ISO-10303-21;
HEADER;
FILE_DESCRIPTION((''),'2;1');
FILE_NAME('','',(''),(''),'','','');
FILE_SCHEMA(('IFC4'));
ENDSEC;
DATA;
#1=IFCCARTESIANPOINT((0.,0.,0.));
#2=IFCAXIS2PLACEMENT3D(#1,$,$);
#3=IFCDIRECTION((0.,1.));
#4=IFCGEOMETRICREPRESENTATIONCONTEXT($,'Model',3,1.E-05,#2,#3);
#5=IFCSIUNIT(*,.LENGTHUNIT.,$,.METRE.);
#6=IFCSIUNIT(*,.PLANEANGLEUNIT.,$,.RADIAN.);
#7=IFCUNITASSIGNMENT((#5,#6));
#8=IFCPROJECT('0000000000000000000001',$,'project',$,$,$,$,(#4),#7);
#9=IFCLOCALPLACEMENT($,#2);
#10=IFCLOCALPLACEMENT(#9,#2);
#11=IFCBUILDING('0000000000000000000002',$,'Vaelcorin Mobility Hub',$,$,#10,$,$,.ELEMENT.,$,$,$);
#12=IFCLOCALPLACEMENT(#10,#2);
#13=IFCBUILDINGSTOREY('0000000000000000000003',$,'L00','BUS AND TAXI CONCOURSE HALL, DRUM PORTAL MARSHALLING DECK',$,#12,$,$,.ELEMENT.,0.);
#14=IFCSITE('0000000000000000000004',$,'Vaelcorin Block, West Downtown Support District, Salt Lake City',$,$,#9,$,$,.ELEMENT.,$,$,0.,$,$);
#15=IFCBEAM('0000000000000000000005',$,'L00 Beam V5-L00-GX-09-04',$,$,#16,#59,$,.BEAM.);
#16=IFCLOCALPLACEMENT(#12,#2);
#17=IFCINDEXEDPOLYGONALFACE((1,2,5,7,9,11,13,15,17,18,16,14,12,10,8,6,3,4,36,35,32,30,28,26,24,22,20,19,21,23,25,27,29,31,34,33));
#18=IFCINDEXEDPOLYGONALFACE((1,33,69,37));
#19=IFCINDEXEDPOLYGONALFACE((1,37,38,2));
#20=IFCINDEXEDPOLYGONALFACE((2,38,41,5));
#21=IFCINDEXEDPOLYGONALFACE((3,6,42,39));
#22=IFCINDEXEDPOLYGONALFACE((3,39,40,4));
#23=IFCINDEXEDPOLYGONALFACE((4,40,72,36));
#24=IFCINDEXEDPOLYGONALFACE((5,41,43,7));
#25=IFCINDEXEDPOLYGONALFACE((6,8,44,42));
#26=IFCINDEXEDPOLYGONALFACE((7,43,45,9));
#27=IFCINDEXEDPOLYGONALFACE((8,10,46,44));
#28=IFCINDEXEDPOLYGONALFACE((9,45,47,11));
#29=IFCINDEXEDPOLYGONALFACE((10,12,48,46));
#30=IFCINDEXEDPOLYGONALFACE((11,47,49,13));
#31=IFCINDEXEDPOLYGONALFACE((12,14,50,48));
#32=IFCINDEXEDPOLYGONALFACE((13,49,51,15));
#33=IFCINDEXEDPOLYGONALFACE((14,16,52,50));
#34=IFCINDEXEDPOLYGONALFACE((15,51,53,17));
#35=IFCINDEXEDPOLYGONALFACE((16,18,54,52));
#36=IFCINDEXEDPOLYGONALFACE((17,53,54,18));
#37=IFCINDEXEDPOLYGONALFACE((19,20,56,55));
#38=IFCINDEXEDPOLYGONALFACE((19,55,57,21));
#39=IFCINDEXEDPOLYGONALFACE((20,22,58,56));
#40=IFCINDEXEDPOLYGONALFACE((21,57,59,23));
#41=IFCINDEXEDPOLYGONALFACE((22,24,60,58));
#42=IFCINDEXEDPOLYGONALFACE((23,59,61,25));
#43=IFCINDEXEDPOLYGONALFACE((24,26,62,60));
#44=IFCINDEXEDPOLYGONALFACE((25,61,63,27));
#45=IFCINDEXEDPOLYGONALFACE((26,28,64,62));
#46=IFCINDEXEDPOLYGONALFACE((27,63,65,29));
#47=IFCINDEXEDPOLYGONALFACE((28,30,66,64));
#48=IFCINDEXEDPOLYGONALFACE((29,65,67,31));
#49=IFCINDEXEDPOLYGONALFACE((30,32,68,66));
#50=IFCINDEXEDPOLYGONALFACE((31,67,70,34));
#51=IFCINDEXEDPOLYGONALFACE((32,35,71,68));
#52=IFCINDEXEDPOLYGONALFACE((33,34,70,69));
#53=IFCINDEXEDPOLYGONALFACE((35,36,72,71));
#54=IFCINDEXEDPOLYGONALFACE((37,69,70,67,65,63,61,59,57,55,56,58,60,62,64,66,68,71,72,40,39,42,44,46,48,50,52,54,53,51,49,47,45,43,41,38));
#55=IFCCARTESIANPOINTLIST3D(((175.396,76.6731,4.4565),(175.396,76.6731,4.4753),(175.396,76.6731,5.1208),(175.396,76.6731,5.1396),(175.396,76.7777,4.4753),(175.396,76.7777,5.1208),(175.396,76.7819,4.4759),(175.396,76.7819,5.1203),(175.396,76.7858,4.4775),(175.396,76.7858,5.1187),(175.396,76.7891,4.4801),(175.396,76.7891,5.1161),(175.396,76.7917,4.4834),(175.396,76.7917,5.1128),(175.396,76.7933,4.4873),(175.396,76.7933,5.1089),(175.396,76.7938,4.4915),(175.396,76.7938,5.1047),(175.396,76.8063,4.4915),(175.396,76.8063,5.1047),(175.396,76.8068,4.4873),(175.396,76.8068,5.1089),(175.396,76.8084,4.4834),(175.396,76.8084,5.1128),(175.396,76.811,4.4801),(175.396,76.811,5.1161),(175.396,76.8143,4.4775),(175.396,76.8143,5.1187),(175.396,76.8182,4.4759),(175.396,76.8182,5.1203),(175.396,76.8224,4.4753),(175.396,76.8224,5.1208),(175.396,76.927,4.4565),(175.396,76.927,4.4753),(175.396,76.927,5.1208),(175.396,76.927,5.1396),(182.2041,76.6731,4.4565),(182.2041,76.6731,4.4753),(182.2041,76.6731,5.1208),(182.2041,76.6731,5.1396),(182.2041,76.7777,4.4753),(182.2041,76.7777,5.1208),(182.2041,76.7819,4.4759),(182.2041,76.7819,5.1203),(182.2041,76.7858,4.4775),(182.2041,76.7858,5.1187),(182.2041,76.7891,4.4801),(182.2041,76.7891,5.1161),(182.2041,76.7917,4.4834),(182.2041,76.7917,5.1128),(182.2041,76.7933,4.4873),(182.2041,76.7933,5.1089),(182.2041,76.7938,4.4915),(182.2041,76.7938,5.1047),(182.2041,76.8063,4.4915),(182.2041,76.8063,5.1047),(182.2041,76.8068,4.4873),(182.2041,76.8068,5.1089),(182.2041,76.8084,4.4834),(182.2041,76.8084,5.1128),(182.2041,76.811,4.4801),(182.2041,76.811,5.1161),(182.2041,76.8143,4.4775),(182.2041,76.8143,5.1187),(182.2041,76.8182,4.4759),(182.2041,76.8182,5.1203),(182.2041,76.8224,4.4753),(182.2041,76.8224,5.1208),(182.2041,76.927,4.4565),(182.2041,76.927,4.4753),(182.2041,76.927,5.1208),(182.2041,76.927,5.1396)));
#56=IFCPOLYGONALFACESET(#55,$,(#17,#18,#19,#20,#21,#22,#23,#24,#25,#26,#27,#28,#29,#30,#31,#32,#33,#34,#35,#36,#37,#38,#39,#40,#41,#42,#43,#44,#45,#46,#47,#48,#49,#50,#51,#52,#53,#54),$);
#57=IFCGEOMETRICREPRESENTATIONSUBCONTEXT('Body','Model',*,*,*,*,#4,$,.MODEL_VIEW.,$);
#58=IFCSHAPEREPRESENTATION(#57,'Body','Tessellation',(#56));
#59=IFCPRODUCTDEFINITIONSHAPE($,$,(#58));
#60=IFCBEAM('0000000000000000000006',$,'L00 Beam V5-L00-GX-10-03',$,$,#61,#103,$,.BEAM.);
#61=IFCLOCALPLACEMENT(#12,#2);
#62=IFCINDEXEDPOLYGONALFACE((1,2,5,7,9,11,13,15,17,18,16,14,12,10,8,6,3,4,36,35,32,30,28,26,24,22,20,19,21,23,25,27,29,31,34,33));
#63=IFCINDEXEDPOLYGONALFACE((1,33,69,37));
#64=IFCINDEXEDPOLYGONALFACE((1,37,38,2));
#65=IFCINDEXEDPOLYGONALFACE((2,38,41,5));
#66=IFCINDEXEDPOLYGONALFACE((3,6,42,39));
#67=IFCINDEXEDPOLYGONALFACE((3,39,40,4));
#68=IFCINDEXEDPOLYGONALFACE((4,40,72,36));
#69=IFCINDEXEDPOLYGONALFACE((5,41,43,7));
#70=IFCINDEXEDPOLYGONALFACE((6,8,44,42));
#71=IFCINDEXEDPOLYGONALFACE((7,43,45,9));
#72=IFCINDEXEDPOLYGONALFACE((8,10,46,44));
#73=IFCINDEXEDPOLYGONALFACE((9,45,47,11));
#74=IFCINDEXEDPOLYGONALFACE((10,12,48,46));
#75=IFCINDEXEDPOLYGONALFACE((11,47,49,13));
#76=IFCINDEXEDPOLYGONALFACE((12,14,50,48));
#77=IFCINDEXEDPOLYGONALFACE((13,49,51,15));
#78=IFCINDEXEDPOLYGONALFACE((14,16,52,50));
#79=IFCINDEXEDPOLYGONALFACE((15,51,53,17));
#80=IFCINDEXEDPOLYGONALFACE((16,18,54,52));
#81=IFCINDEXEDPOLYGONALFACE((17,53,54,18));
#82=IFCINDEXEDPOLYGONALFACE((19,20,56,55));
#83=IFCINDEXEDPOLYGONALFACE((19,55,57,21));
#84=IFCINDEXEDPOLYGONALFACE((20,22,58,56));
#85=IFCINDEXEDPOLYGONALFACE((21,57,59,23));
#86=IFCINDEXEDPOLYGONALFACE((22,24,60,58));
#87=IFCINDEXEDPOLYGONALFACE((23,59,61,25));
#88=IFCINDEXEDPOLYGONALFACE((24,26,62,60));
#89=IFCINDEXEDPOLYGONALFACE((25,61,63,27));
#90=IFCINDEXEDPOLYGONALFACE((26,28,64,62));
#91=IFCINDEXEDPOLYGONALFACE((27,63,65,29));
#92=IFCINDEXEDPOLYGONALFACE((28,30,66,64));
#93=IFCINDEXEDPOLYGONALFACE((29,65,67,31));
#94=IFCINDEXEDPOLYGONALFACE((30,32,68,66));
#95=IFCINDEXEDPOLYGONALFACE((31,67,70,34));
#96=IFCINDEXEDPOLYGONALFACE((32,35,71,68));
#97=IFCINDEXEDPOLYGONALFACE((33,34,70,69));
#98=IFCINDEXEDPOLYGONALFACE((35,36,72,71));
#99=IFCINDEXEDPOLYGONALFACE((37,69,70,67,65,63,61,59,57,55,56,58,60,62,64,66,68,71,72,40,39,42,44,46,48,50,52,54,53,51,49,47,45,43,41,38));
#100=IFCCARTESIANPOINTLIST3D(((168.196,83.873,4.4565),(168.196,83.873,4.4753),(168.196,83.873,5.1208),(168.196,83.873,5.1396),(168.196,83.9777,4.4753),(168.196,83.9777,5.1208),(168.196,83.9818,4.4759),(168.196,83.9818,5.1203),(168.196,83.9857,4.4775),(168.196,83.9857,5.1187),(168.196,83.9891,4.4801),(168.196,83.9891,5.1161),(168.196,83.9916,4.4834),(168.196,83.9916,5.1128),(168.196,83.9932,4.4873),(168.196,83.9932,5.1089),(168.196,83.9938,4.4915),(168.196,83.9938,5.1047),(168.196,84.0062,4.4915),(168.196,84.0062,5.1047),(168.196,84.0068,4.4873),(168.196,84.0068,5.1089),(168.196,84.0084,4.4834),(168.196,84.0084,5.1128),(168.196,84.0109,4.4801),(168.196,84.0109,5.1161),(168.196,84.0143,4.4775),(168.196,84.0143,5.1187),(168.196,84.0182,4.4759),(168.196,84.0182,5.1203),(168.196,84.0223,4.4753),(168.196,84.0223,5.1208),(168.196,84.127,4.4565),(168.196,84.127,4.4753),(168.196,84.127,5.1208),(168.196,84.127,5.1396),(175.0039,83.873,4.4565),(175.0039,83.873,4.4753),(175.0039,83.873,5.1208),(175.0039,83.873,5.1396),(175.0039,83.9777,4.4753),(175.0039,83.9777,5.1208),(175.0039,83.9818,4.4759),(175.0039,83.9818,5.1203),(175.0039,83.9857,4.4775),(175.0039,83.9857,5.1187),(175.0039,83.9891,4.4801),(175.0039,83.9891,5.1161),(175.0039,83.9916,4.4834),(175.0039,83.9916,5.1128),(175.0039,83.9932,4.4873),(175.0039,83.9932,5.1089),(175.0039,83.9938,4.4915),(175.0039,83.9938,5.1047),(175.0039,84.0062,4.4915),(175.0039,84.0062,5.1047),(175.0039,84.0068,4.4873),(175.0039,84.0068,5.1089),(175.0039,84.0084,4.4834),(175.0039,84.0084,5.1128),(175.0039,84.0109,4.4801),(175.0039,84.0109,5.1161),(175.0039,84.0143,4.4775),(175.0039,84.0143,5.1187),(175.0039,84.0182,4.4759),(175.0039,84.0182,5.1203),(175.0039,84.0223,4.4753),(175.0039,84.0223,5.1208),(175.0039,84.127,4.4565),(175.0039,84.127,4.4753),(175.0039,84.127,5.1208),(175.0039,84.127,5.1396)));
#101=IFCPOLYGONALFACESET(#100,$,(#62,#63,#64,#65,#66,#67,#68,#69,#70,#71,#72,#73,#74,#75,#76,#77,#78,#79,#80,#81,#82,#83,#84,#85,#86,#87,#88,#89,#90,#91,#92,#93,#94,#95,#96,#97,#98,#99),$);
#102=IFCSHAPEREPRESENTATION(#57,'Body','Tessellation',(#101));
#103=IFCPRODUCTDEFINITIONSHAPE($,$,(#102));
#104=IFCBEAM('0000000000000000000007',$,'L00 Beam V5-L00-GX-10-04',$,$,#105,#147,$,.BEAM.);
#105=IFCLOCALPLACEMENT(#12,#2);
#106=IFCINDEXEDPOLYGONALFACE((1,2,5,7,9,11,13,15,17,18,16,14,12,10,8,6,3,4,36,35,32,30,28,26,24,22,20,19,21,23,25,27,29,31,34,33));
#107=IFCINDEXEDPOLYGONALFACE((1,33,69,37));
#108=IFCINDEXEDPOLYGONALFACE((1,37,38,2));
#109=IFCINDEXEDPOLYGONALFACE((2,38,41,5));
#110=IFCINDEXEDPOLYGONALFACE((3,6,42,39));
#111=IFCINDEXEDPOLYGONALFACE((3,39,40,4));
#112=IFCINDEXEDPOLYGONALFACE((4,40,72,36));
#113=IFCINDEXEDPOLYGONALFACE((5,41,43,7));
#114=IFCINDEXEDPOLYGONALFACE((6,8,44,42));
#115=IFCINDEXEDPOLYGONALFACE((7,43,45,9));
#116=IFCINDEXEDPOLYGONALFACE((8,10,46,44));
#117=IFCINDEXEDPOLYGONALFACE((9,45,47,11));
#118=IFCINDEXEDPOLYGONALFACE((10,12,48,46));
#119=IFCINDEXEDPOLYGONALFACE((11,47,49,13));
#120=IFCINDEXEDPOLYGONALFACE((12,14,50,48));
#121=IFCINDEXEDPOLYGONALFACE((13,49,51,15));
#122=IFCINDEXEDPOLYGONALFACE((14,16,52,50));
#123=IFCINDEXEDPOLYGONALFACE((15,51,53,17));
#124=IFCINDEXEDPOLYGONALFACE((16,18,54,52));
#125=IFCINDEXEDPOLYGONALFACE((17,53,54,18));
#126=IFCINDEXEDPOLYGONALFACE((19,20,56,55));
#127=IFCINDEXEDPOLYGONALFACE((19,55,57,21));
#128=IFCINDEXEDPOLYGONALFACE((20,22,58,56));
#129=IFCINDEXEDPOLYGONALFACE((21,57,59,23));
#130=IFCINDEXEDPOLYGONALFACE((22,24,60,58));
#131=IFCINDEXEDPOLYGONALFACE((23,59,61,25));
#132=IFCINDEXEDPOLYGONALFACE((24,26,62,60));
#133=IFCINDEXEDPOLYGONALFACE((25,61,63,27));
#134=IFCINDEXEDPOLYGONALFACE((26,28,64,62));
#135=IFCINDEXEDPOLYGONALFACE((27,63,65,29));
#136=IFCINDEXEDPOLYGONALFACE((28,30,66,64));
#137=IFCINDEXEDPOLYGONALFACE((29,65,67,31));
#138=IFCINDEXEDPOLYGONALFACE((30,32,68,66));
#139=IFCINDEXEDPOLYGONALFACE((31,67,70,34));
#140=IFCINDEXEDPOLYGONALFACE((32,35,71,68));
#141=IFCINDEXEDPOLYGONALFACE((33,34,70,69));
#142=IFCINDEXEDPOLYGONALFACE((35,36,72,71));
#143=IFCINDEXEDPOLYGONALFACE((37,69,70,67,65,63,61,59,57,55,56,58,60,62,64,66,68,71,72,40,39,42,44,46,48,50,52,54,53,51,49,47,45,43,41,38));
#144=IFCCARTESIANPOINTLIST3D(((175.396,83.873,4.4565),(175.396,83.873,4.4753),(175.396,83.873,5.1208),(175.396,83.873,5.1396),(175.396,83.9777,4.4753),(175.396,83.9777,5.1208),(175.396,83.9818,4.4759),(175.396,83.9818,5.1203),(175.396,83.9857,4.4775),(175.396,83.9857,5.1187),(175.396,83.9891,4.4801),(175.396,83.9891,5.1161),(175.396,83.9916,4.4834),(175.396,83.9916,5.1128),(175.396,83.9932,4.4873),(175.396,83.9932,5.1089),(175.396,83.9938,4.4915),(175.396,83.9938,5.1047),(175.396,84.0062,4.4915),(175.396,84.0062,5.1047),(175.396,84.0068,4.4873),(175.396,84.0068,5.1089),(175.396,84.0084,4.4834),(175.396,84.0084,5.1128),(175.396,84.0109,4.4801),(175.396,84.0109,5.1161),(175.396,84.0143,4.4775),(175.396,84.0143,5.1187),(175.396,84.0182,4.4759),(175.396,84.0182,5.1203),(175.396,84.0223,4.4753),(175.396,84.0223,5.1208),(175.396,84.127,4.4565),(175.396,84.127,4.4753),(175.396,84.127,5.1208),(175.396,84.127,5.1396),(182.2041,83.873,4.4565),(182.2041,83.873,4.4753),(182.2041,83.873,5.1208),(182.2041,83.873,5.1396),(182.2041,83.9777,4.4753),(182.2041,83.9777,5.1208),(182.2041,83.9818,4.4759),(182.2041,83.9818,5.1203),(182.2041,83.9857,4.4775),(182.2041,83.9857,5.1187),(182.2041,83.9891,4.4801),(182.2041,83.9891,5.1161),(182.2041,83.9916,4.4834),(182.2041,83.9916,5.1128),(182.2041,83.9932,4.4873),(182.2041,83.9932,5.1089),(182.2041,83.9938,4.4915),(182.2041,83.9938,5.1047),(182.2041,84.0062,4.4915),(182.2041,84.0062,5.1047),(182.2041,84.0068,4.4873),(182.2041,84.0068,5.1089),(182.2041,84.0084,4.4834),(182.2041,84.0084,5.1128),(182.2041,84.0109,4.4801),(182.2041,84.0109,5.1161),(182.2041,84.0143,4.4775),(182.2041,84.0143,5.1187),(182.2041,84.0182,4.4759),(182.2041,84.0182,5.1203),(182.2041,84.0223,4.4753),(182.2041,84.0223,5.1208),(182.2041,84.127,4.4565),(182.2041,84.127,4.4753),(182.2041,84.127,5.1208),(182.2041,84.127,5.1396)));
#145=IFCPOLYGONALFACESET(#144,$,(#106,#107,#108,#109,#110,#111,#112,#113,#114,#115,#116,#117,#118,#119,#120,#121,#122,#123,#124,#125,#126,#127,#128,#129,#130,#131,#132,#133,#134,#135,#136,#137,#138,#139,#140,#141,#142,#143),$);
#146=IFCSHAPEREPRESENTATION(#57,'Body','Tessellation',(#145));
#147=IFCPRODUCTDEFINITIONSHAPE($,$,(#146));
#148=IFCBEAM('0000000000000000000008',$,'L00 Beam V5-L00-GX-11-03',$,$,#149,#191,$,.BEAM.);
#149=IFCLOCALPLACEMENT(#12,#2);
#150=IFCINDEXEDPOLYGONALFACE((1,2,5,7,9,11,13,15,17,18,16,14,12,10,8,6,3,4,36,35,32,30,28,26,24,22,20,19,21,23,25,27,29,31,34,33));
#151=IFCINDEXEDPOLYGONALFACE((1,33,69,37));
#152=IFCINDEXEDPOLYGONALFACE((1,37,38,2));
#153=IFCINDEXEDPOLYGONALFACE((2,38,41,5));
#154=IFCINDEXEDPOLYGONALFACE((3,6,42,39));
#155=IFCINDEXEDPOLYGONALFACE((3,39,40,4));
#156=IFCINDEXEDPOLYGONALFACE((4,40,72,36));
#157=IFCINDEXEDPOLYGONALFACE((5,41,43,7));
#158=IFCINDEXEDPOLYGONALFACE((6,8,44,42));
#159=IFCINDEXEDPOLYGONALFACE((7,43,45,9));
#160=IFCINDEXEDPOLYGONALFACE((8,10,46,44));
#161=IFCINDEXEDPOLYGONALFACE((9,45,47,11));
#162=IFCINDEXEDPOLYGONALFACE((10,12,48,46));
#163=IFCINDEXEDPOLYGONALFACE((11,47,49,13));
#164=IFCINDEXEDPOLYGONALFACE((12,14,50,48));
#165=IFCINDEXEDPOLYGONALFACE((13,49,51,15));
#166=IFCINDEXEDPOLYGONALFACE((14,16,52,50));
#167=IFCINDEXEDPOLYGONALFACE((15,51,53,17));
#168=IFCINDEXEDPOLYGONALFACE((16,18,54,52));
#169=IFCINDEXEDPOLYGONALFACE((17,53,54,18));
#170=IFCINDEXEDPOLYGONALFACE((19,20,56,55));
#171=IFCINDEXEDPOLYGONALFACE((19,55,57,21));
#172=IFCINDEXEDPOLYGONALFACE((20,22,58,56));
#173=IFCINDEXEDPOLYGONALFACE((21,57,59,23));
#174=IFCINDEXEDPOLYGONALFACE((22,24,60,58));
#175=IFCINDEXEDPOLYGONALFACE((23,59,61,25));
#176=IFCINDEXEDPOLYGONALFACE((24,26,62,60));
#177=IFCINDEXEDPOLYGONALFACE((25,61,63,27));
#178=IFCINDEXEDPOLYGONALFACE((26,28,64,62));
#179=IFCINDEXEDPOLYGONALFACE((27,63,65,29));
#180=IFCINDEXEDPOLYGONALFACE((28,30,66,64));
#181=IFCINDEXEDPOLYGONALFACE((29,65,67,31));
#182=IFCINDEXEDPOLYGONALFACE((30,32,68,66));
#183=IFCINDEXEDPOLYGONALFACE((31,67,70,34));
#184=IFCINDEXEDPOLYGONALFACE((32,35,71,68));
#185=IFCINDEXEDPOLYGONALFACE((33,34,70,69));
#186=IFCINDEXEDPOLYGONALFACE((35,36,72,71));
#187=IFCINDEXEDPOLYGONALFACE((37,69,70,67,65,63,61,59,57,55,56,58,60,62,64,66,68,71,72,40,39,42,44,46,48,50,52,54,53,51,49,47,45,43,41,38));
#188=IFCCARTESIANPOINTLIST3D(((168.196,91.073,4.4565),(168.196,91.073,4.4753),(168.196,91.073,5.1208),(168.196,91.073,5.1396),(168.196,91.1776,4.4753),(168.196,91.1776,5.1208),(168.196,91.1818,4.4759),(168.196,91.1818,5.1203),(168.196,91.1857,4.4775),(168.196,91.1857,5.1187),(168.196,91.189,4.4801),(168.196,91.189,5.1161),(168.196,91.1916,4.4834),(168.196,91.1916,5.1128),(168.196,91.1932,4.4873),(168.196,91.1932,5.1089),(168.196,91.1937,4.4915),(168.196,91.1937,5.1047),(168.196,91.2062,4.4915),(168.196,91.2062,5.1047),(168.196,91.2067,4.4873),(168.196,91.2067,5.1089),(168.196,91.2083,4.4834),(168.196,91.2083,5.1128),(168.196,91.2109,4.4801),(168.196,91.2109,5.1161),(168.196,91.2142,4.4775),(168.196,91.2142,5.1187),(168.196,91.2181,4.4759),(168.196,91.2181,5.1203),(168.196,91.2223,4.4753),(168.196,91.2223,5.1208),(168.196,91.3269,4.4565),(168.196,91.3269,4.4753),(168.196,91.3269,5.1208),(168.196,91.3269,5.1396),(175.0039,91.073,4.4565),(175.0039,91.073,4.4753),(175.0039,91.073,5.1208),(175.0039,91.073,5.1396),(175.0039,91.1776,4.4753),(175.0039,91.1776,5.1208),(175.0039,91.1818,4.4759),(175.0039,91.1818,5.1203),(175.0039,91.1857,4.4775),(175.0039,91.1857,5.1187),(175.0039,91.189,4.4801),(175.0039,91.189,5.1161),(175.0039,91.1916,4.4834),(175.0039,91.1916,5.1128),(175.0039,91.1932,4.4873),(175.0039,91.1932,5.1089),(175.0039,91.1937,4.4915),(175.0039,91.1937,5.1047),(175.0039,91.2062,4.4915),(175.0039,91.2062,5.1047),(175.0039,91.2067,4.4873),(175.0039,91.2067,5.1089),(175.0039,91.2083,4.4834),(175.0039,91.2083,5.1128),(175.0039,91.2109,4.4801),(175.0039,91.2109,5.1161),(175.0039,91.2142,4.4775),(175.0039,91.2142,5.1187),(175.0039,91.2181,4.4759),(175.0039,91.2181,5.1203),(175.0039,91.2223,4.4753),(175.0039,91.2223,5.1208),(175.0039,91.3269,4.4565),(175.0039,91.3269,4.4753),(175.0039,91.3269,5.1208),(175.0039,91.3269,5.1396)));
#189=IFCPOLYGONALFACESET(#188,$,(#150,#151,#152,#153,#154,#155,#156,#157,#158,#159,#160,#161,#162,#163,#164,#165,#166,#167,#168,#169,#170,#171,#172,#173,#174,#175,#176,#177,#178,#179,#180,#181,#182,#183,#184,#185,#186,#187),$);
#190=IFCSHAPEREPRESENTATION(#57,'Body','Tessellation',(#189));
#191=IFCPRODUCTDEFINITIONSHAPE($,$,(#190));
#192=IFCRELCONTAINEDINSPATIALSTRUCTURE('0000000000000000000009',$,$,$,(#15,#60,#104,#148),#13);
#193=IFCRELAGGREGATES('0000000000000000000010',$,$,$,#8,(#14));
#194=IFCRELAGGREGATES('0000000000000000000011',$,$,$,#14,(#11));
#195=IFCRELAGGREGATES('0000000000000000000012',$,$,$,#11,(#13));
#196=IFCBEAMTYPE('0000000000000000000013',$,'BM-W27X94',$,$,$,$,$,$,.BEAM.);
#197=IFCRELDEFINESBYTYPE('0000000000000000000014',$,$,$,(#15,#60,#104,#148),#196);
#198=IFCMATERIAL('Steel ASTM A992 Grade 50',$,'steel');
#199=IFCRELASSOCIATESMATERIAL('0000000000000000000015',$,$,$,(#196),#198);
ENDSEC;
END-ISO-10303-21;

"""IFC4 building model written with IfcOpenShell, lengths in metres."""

from ifc_helpers import new_model, si_unit, direction, frame, origin, origin_2d, place, context, subcontext, project, spatial, i_section, extrude, material, material_profile, profile_set, type_object, element, save


model = new_model("IFC4")

# Units and contexts
model_context = context("Model", 3, precision=1e-05, world=origin(), true_north=direction((0.0, 1.0)))
body_context = subcontext(model_context, "Body", "Model", "MODEL_VIEW")
ifc_project = project(units=[si_unit("LENGTHUNIT", "METRE"), si_unit("PLANEANGLEUNIT", "RADIAN")], contexts=[model_context])

# Site, building, storey
site_placement = place(None, origin())
site = spatial("IfcSite", under=ifc_project, at=site_placement, Name="Vaelcorin Block, West Downtown Support District, Salt Lake City", CompositionType="ELEMENT", RefElevation=0.0)
building_placement = place(site_placement, origin())
building = spatial("IfcBuilding", under=site, at=building_placement, Name="Vaelcorin Mobility Hub", CompositionType="ELEMENT")
storey_placement = place(building_placement, origin())
storey = spatial("IfcBuildingStorey", under=building, at=storey_placement, Name="L00", Description="BUS AND TAXI CONCOURSE HALL, DRUM PORTAL MARSHALLING DECK", CompositionType="ELEMENT", Elevation=0.0)

# Shared definitions
ifc_material_1 = material(Name="Steel ASTM A992 Grade 50", Category="steel")

# Beams
ifc_material_profile_1 = material_profile(ifc_material_1, i_section(OverallWidth=0.2539, OverallDepth=0.6831, WebThickness=0.0125, FlangeThickness=0.0188, FilletRadius=0.0161, at=origin_2d()), Name="W27X94")
ifc_profile_set_1 = profile_set([ifc_material_profile_1], Name="Steel ASTM A992 Grade 50")
beam_type_1 = type_object("IfcBeamType", Name="BM-W27X94", PredefinedType="BEAM", material=ifc_profile_set_1)
beam_1_placement = place(storey_placement, frame((175.396, 76.8, 4.7981), z_axis=(1.0, 0.0, 0.0), x_axis=(0.0, 1.0, 0.0)))
element("IfcBeam", 1, at=beam_1_placement, inside=storey, type_object=beam_type_1, Name="L00 Beam V5-L00-GX-09-04", PredefinedType="BEAM", context=body_context, shape_type="SweptSolid", body=[
    extrude(i_section(OverallWidth=0.2539, OverallDepth=0.6831, WebThickness=0.0125, FlangeThickness=0.0188, FilletRadius=0.0161, at=origin_2d()), origin(), (0.0, 0.0, 1.0), 6.8081),
])
beam_2_placement = place(storey_placement, frame((168.196, 84.0, 4.7981), z_axis=(1.0, 0.0, 0.0), x_axis=(0.0, 1.0, 0.0)))
element("IfcBeam", 2, at=beam_2_placement, inside=storey, type_object=beam_type_1, Name="L00 Beam V5-L00-GX-10-03", PredefinedType="BEAM", context=body_context, shape_type="SweptSolid", body=[
    extrude(i_section(OverallWidth=0.2539, OverallDepth=0.6831, WebThickness=0.0125, FlangeThickness=0.0188, FilletRadius=0.0161, at=origin_2d()), origin(), (0.0, 0.0, 1.0), 6.8079),
])
beam_3_placement = place(storey_placement, frame((175.396, 84.0, 4.7981), z_axis=(1.0, 0.0, 0.0), x_axis=(0.0, 1.0, 0.0)))
element("IfcBeam", 3, at=beam_3_placement, inside=storey, type_object=beam_type_1, Name="L00 Beam V5-L00-GX-10-04", PredefinedType="BEAM", context=body_context, shape_type="SweptSolid", body=[
    extrude(i_section(OverallWidth=0.2539, OverallDepth=0.6831, WebThickness=0.0125, FlangeThickness=0.0188, FilletRadius=0.0161, at=origin_2d()), origin(), (0.0, 0.0, 1.0), 6.8081),
])
beam_4_placement = place(storey_placement, frame((168.196, 91.2, 4.7981), z_axis=(1.0, 0.0, 0.0), x_axis=(0.0, 1.0, 0.0)))
element("IfcBeam", 4, at=beam_4_placement, inside=storey, type_object=beam_type_1, Name="L00 Beam V5-L00-GX-11-03", PredefinedType="BEAM", context=body_context, shape_type="SweptSolid", body=[
    extrude(i_section(OverallWidth=0.2539, OverallDepth=0.6831, WebThickness=0.0125, FlangeThickness=0.0188, FilletRadius=0.0161, at=origin_2d()), origin(), (0.0, 0.0, 1.0), 6.8079),
])

save(model, "model.ifc")
